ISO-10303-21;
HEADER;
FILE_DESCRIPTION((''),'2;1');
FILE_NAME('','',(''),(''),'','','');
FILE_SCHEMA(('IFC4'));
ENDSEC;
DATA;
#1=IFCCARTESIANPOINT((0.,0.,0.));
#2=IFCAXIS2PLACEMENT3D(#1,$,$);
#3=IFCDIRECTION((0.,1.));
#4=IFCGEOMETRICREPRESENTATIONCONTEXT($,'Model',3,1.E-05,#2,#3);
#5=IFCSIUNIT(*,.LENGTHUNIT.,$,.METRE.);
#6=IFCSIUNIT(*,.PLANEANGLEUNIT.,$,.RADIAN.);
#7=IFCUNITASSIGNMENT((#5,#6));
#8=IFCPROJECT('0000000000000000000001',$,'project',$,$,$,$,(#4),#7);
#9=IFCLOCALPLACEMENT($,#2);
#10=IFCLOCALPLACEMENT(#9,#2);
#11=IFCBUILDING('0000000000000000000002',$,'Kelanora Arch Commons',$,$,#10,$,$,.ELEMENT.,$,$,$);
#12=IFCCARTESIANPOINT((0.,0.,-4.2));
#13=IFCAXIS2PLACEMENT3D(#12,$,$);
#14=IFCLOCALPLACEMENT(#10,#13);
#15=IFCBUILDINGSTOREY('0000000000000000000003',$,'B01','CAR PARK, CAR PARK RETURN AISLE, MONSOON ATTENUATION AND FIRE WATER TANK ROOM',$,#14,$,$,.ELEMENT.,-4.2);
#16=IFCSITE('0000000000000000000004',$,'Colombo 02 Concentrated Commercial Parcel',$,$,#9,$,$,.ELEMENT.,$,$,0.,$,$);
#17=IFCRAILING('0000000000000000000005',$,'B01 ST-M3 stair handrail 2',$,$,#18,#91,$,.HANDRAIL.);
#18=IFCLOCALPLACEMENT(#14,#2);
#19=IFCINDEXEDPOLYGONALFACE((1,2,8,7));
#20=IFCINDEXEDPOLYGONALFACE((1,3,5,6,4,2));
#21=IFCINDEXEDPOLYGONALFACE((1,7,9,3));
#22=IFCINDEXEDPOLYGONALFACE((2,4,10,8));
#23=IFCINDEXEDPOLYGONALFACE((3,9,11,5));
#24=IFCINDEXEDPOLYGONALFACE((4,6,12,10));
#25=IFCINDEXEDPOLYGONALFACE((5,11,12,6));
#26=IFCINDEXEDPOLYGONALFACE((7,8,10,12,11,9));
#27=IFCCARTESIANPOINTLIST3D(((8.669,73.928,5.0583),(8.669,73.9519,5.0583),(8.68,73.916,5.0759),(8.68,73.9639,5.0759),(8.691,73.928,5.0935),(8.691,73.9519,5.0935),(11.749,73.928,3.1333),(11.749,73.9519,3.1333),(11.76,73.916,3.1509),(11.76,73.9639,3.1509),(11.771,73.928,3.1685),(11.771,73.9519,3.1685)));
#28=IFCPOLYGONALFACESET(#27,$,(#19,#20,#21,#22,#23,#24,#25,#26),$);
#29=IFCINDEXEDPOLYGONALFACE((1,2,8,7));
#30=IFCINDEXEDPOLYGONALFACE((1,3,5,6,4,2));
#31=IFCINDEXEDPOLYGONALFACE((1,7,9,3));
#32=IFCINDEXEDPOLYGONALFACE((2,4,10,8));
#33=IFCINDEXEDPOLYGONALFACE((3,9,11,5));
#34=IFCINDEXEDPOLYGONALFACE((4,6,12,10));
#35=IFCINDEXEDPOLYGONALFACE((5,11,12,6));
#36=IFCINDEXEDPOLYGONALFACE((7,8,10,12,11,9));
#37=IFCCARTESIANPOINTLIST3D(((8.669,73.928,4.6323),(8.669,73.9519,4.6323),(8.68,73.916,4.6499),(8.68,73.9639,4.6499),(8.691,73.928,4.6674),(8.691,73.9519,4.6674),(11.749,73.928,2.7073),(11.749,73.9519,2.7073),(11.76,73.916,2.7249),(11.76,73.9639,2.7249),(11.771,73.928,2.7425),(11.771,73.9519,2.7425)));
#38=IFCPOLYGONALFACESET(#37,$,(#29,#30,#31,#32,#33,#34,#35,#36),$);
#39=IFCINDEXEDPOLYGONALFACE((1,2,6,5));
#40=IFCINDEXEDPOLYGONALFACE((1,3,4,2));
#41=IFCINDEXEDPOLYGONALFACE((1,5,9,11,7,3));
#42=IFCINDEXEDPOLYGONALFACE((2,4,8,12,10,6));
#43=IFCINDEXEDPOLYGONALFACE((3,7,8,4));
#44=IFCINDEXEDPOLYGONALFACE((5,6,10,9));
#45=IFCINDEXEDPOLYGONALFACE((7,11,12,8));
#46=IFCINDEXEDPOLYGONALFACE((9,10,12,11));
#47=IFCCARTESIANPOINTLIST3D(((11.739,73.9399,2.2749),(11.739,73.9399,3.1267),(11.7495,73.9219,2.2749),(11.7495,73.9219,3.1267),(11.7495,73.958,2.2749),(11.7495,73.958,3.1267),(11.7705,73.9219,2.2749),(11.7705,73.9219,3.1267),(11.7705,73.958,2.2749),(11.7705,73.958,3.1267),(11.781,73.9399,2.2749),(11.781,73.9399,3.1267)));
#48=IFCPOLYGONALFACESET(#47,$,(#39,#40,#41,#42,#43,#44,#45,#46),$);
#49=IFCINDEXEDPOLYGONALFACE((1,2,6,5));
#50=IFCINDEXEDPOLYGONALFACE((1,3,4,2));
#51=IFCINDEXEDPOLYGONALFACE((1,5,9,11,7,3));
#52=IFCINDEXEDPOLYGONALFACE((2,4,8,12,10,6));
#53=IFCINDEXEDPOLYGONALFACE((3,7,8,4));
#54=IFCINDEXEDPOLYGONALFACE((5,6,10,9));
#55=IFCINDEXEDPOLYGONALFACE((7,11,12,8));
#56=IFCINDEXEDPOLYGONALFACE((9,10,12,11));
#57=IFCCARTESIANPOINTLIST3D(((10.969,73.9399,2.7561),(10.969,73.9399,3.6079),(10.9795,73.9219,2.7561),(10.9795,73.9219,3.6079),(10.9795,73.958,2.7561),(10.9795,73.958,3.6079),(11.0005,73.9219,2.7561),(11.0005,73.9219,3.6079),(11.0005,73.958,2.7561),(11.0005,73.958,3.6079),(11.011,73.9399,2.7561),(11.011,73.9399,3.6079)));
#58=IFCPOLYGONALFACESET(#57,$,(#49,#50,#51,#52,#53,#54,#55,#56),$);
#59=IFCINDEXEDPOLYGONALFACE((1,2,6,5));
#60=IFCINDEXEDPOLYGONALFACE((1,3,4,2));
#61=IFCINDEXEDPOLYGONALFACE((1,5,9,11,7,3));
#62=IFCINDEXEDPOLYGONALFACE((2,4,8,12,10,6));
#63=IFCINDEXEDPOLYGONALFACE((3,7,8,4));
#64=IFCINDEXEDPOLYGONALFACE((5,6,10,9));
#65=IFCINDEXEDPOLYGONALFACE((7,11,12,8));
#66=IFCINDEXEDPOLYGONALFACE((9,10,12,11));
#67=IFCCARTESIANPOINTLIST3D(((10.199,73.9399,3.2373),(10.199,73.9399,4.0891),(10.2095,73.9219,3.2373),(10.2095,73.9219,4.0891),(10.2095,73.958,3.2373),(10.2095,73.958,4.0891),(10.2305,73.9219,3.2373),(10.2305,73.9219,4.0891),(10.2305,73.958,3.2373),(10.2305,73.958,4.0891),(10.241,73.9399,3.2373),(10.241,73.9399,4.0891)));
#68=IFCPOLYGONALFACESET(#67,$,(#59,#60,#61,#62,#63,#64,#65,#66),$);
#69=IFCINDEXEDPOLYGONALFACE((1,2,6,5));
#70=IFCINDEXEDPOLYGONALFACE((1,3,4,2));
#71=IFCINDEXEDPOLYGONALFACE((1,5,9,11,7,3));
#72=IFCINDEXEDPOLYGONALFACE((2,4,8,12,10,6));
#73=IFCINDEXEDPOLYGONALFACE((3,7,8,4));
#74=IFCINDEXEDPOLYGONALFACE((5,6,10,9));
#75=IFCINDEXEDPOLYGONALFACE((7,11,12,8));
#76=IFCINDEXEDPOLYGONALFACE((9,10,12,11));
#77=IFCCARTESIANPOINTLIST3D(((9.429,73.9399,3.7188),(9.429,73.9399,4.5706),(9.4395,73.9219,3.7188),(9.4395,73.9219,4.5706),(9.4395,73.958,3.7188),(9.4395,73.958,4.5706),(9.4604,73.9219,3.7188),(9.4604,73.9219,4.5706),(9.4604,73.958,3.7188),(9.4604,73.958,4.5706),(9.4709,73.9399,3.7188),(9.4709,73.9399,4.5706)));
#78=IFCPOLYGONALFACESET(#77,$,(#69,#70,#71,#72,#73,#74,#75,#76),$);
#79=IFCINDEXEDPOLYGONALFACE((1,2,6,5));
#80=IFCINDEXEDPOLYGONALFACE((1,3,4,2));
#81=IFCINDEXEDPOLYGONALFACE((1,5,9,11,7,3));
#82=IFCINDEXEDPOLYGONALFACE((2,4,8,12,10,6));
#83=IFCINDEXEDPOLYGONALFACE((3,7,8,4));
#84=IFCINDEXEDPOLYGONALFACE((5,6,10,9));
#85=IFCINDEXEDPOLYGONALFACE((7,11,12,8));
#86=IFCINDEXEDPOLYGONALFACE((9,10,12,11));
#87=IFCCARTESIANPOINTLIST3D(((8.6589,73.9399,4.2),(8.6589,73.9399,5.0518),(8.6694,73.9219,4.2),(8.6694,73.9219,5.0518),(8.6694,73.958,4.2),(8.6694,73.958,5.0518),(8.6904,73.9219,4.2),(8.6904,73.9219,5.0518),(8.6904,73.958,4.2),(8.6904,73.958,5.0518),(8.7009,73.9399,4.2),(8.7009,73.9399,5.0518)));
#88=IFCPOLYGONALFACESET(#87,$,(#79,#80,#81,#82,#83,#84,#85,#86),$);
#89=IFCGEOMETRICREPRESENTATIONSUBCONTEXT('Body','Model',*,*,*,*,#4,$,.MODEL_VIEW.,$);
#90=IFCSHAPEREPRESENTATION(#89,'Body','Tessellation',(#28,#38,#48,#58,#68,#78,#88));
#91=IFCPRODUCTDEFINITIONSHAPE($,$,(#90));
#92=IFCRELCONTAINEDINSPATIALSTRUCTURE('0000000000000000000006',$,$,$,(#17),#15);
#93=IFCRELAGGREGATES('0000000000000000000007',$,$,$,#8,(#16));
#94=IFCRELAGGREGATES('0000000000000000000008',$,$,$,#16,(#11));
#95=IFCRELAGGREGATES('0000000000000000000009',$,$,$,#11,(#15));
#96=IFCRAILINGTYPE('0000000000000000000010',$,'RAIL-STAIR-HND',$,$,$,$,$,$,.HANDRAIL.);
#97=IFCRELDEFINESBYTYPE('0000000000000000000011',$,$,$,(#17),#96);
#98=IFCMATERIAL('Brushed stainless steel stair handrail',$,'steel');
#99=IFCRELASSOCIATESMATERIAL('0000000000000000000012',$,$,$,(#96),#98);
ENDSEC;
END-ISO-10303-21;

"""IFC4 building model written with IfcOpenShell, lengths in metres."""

from ifc_helpers import new_model, si_unit, direction, frame, origin, place, context, subcontext, project, spatial, polyline, outline, extrude, material, type_object, element, save


model = new_model("IFC4")

# Units and contexts
model_context = context("Model", 3, precision=1e-05, world=origin(), true_north=direction((0.0, 1.0)))
body_context = subcontext(model_context, "Body", "Model", "MODEL_VIEW")
ifc_project = project(units=[si_unit("LENGTHUNIT", "METRE"), si_unit("PLANEANGLEUNIT", "RADIAN")], contexts=[model_context])

# Site, building, storey
site_placement = place(None, origin())
site = spatial("IfcSite", under=ifc_project, at=site_placement, Name="Colombo 02 Concentrated Commercial Parcel", CompositionType="ELEMENT", RefElevation=0.0)
building_placement = place(site_placement, origin())
building = spatial("IfcBuilding", under=site, at=building_placement, Name="Kelanora Arch Commons", CompositionType="ELEMENT")
storey_placement = place(building_placement, frame((0.0, 0.0, -4.2)))
storey = spatial("IfcBuildingStorey", under=building, at=storey_placement, Name="B01", Description="CAR PARK, CAR PARK RETURN AISLE, MONSOON ATTENUATION AND FIRE WATER TANK ROOM", CompositionType="ELEMENT", Elevation=-4.2)

# Railing
ifc_material_1 = material(Name="Brushed stainless steel stair handrail", Category="steel")
railing_type_1 = type_object("IfcRailingType", Name="RAIL-STAIR-HND", PredefinedType="HANDRAIL", material=ifc_material_1)
railing_1_placement = place(storey_placement, frame((11.76, 73.9399, 2.2749)))
element("IfcRailing", 1, at=railing_1_placement, inside=storey, type_object=railing_type_1, Name="B01 ST-M3 stair handrail 2", PredefinedType="HANDRAIL", context=body_context, shape_type="SweptSolid", body=[
    extrude(outline(polyline([(0.0239, 0.0), (0.012, 0.0208), (-0.012, 0.0208), (-0.0239, 0.0), (-0.012, -0.0208), (0.012, -0.0208), (0.0239, 0.0)])), frame((0.0, 0.0, 0.876), z_axis=(-0.847998, 0.0, 0.529999), x_axis=(0.0, -1.0, 0.0)), (0.0, 0.0, 1.0), 3.6321),
    extrude(outline(polyline([(0.0239, 0.0), (0.012, 0.0208), (-0.012, 0.0208), (-0.0239, 0.0), (-0.012, -0.0208), (0.012, -0.0208), (0.0239, 0.0)])), frame((0.0, 0.0, 0.45), z_axis=(-0.847998, 0.0, 0.529999), x_axis=(0.0, -1.0, 0.0)), (0.0, 0.0, 1.0), 3.6321),
    extrude(outline(polyline([(0.021, 0.0), (0.0105, 0.0181), (-0.0105, 0.0181), (-0.021, 0.0), (-0.0105, -0.0181), (0.0105, -0.0181), (0.021, 0.0)])), origin(), (0.0, 0.0, 1.0), 0.8518),
    extrude(outline(polyline([(0.021, 0.0), (0.0105, 0.0181), (-0.0105, 0.0181), (-0.021, 0.0), (-0.0105, -0.0181), (0.0105, -0.0181), (0.021, 0.0)])), frame((-0.77, 0.0, 0.4812)), (0.0, 0.0, 1.0), 0.8518),
    extrude(outline(polyline([(0.021, 0.0), (0.0105, 0.0181), (-0.0105, 0.0181), (-0.021, 0.0), (-0.0105, -0.0181), (0.0105, -0.0181), (0.021, 0.0)])), frame((-1.54, 0.0, 0.9624)), (0.0, 0.0, 1.0), 0.8518),
    extrude(outline(polyline([(0.021, 0.0), (0.0105, 0.0181), (-0.0105, 0.0181), (-0.021, 0.0), (-0.0105, -0.0181), (0.0105, -0.0181), (0.021, 0.0)])), frame((-2.3101, 0.0, 1.4438)), (0.0, 0.0, 1.0), 0.8518),
    extrude(outline(polyline([(0.021, 0.0), (0.0105, 0.0181), (-0.0105, 0.0181), (-0.021, 0.0), (-0.0105, -0.0181), (0.0105, -0.0181), (0.021, 0.0)])), frame((-3.0801, 0.0, 1.925)), (0.0, 0.0, 1.0), 0.8518),
])

save(model, "model.ifc")
